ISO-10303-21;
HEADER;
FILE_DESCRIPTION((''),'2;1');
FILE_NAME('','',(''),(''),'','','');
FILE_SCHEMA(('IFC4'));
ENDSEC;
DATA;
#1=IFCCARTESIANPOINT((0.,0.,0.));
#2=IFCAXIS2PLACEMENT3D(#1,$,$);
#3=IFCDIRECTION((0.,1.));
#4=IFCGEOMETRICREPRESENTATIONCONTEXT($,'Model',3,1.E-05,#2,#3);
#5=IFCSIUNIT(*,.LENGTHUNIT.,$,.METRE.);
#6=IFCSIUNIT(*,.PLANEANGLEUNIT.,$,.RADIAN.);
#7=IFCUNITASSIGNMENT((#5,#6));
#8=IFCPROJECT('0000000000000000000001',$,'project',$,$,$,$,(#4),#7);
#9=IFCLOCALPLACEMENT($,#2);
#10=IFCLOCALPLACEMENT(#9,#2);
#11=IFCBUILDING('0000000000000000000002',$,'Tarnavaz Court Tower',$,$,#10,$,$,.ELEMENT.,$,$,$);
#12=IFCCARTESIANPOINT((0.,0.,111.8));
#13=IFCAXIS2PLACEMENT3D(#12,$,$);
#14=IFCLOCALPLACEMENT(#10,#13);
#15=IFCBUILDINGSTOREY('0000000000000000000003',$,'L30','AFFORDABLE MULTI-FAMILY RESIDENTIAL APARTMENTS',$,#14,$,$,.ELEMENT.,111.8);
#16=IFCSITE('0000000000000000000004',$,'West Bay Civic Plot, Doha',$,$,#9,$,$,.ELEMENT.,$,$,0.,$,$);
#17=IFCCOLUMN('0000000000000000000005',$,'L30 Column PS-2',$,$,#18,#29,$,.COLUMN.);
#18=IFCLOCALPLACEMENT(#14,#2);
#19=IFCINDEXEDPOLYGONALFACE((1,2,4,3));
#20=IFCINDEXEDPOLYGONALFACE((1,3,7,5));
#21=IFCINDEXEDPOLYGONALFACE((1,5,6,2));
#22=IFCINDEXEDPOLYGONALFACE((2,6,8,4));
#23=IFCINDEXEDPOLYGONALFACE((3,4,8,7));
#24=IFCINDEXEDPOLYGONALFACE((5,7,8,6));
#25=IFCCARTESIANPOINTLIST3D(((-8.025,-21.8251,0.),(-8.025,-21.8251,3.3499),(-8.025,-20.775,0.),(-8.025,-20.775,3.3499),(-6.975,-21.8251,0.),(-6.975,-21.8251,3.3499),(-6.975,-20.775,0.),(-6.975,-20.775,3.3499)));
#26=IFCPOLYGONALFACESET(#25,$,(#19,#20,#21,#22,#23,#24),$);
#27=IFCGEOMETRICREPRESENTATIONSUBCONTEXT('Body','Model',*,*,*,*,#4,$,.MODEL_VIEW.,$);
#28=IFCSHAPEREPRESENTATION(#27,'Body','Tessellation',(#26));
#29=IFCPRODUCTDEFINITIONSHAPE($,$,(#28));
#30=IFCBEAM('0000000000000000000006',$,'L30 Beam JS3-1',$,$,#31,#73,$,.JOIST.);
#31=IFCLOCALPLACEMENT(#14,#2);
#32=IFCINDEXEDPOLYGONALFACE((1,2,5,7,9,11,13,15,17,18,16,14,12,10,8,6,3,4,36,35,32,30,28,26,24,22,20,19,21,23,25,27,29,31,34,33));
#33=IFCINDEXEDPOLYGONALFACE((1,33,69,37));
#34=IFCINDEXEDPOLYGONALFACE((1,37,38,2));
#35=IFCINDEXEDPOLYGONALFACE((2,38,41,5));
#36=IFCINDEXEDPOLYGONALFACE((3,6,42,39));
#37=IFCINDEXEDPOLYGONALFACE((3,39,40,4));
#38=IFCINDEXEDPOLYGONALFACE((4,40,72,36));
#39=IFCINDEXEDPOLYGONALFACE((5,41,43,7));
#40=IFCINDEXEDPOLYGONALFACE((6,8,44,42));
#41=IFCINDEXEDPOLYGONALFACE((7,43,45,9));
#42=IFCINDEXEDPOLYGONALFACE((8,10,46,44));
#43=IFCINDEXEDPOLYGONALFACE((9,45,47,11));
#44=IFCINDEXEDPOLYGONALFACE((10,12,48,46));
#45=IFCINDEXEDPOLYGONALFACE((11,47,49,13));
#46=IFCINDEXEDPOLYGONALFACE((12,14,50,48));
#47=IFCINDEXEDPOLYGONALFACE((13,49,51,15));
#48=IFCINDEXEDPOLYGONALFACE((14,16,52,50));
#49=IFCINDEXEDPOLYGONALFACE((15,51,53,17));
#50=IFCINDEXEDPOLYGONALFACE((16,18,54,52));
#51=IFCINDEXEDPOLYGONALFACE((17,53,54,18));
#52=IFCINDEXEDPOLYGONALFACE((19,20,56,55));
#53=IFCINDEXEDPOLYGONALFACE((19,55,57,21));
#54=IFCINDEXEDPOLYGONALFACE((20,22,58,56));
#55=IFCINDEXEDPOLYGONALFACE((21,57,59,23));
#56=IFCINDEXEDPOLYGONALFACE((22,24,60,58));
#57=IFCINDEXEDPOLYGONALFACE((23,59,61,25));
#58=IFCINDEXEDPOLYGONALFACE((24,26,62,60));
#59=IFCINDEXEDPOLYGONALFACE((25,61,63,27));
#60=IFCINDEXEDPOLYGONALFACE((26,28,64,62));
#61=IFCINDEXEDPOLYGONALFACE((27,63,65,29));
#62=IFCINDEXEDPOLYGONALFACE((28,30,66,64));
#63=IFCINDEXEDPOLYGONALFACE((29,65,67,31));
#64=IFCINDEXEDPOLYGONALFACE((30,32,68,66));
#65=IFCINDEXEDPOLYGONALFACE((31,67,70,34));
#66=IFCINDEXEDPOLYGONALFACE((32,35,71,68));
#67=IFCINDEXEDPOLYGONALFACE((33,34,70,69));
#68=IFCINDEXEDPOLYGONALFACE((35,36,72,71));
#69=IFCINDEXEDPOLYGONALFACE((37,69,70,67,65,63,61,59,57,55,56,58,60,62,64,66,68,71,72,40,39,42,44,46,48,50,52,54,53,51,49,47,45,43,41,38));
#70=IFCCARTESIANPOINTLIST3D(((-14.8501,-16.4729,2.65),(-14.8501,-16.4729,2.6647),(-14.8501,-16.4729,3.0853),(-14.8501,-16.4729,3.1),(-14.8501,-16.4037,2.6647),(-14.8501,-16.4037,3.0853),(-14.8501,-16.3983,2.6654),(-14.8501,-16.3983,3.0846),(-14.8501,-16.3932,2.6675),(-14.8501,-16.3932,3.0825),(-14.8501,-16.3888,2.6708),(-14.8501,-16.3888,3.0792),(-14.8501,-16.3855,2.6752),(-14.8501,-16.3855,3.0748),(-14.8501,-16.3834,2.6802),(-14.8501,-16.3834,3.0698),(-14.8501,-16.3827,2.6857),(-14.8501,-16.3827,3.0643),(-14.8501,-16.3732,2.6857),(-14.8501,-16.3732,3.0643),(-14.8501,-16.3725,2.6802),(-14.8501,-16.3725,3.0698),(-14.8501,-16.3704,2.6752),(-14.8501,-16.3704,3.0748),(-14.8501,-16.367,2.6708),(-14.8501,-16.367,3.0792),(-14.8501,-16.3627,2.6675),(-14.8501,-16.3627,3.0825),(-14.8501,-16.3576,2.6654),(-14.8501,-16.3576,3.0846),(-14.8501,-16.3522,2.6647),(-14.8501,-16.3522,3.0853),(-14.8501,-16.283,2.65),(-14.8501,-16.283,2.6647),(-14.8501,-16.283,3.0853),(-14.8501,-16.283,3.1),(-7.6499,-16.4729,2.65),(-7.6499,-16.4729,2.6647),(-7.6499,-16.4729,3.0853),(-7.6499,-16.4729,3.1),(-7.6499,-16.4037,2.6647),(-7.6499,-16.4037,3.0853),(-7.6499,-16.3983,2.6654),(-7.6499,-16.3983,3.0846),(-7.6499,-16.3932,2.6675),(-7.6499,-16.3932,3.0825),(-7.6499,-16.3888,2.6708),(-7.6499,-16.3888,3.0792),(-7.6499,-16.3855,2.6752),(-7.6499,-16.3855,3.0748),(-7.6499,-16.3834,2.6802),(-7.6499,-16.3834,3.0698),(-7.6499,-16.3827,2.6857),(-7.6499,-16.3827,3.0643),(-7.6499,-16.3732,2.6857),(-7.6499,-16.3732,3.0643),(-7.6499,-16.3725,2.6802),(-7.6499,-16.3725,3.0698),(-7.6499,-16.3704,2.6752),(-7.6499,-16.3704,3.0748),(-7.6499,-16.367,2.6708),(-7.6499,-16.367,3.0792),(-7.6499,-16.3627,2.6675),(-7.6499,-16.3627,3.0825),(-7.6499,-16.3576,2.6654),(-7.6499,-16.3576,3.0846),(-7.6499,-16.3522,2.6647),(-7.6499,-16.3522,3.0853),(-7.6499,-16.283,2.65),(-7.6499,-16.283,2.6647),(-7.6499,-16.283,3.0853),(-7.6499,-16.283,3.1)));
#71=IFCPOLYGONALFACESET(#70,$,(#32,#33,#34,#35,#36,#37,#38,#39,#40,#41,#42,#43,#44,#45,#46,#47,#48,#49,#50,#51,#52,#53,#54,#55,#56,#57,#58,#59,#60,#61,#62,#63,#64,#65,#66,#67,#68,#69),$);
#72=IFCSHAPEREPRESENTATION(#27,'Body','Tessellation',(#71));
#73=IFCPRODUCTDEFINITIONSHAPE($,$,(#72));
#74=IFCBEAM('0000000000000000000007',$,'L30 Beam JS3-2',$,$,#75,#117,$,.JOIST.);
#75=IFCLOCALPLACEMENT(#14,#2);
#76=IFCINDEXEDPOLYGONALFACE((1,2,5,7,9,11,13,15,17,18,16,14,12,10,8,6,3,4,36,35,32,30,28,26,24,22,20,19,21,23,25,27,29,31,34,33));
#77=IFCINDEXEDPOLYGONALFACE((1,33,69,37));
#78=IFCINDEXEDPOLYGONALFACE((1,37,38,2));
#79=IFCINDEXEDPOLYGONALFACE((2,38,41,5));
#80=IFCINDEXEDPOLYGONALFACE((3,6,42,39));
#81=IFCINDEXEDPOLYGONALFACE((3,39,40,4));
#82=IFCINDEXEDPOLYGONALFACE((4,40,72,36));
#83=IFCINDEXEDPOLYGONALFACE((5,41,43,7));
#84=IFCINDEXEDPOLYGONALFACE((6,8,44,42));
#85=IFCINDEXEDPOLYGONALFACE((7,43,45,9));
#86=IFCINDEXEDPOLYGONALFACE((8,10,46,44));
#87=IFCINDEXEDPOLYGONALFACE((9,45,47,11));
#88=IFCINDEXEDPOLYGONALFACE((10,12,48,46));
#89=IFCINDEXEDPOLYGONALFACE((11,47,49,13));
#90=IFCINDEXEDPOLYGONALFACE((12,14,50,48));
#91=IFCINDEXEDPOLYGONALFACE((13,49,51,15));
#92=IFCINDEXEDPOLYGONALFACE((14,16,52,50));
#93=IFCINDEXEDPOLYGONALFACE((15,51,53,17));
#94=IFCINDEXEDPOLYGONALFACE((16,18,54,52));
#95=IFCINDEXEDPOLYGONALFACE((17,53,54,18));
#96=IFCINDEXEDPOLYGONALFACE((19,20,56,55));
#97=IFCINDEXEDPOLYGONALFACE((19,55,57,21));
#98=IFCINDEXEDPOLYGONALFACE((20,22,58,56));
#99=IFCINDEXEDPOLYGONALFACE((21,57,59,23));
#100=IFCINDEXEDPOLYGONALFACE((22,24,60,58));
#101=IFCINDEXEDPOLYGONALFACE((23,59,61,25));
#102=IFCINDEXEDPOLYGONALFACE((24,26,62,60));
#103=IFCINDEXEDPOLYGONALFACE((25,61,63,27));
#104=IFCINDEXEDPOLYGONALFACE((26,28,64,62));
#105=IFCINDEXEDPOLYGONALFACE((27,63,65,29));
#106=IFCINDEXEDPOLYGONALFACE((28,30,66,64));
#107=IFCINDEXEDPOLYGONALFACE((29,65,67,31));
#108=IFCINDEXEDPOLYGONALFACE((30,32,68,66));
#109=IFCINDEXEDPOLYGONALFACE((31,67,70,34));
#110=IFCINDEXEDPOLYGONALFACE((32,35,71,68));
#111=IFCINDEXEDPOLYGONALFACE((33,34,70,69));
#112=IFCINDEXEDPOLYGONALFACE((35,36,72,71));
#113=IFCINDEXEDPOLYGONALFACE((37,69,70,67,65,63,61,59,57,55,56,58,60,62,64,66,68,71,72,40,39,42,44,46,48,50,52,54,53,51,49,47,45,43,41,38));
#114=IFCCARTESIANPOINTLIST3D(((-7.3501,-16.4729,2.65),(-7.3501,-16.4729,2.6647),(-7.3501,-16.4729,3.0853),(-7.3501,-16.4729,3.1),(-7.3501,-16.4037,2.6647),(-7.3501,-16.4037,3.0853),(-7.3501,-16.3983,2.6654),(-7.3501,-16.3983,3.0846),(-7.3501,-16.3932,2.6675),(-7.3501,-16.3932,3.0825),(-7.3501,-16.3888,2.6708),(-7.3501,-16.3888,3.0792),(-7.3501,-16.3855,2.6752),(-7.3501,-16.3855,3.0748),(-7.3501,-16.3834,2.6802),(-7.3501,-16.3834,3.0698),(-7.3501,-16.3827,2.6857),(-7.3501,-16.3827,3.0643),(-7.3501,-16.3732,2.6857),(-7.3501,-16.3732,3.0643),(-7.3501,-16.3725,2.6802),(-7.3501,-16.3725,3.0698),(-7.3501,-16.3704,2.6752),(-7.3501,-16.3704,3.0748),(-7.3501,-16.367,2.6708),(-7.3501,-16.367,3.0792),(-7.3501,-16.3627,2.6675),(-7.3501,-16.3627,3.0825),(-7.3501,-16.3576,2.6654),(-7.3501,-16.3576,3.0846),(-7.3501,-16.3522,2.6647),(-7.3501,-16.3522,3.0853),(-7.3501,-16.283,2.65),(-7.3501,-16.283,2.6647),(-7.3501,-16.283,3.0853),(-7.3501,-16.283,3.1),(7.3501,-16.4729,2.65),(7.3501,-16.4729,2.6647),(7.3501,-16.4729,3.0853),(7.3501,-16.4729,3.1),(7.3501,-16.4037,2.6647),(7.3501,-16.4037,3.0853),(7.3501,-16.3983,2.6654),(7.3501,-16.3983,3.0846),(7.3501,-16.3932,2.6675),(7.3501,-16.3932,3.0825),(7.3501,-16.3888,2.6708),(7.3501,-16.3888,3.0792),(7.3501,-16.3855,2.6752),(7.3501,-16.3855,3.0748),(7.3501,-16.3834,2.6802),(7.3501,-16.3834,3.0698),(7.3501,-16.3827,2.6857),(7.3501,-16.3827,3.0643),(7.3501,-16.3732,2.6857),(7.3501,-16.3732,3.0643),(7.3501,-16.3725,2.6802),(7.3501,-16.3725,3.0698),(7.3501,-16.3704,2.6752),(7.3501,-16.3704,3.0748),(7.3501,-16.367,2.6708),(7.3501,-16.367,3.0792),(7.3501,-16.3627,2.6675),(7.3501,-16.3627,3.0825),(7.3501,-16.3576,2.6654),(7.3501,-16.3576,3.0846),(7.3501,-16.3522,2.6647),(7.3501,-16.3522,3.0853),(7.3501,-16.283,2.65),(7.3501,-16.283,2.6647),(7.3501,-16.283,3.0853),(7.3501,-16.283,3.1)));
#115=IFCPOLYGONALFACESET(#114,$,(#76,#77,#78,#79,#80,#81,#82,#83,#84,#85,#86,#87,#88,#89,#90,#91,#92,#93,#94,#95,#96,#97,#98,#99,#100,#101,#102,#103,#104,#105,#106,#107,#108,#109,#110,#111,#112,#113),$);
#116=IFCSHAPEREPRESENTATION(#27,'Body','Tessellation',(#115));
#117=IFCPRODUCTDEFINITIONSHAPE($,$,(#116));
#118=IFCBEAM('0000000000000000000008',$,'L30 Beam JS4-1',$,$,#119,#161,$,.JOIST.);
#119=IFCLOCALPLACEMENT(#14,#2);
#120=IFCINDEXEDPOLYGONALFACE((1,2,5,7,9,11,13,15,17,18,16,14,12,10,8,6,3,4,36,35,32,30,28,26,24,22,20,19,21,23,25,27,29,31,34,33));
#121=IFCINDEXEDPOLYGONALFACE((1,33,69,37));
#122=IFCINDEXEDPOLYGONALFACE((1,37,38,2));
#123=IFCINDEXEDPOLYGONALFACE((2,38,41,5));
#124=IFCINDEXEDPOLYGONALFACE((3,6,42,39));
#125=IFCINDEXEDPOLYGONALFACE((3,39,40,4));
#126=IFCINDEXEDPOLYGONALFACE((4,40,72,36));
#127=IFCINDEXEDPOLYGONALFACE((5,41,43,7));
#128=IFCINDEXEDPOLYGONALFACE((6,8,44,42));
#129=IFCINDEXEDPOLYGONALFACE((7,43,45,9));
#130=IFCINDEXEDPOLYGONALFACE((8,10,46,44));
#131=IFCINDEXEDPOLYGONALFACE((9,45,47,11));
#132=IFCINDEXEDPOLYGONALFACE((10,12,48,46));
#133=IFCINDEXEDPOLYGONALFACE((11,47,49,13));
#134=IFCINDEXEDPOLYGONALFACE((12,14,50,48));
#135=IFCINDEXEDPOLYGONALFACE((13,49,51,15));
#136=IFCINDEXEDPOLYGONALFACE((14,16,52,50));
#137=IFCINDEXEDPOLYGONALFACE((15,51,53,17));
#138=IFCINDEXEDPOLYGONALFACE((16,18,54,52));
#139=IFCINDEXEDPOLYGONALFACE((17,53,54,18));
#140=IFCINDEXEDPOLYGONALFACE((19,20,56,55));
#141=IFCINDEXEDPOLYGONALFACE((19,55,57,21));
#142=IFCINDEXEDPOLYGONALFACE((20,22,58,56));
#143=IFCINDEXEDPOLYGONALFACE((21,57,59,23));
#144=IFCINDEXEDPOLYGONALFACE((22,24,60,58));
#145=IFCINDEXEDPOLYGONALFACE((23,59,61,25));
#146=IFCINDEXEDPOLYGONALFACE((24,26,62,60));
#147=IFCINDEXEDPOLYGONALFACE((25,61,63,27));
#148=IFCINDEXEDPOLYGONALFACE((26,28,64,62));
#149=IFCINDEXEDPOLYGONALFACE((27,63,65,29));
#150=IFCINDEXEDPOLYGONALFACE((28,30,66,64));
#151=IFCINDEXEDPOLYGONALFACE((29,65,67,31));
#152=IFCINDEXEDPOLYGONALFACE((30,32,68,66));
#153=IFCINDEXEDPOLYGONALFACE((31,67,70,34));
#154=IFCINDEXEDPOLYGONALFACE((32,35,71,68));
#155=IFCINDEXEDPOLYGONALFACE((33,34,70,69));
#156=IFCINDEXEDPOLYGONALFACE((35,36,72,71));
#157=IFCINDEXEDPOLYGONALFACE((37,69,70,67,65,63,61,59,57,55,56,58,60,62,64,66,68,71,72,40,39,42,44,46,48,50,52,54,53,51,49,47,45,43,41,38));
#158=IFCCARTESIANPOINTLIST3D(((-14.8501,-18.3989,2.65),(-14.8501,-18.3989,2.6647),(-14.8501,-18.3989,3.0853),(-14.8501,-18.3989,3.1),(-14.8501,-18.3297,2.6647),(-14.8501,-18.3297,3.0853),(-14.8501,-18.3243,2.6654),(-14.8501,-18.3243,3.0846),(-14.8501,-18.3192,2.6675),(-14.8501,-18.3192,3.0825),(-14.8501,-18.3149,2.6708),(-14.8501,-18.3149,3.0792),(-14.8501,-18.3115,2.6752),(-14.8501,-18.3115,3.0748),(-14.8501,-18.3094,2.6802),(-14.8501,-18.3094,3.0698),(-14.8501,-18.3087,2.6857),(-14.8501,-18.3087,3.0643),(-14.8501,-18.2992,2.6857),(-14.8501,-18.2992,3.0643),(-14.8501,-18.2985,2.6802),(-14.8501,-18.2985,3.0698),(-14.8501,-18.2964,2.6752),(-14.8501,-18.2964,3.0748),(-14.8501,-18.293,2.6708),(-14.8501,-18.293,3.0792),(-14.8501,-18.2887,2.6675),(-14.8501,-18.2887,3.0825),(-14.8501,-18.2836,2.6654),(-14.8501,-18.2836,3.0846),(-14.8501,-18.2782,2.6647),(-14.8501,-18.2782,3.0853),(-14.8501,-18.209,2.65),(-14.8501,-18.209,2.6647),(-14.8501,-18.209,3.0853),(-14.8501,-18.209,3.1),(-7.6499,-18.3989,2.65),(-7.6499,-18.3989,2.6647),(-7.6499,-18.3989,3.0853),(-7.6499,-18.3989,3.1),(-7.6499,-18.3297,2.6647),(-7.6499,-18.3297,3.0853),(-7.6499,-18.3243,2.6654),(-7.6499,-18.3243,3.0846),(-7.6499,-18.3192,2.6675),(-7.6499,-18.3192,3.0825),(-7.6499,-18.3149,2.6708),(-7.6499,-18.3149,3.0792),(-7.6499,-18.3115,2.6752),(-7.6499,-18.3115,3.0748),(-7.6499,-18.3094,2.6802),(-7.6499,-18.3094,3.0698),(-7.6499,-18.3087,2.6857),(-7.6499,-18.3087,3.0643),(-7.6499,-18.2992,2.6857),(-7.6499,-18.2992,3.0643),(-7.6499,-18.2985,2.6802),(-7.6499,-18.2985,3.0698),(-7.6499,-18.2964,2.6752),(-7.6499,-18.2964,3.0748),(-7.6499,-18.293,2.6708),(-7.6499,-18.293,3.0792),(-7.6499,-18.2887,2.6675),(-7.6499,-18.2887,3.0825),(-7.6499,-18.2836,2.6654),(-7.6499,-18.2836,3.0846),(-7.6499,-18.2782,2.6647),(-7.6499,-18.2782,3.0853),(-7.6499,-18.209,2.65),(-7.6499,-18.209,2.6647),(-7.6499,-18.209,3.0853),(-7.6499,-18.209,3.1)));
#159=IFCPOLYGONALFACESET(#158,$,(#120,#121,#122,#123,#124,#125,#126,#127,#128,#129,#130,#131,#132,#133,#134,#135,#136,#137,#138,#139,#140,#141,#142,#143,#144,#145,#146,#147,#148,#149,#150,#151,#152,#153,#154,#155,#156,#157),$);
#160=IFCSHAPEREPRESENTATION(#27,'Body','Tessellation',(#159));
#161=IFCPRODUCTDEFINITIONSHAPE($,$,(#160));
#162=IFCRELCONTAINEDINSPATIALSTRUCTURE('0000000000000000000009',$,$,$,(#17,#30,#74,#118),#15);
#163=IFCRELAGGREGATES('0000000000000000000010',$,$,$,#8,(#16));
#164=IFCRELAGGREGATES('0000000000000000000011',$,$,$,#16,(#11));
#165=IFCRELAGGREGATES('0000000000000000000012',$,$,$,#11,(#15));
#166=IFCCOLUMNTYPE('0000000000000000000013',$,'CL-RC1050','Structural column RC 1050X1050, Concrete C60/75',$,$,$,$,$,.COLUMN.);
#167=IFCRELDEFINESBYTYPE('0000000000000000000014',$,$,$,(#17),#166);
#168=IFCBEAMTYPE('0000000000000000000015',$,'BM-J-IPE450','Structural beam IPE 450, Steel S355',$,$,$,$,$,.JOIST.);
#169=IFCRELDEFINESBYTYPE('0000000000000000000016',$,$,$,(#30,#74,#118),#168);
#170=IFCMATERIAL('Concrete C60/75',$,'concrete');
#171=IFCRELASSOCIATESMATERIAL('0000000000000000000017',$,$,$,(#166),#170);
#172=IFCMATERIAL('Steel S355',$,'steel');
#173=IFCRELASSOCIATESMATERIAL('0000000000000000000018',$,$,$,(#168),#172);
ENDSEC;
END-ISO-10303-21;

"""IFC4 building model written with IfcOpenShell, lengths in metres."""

from ifc_helpers import new_model, si_unit, direction, frame, origin, origin_2d, place, context, subcontext, project, spatial, rectangle, i_section, extrude, material, material_profile, profile_set, type_object, element, save


model = new_model("IFC4")

# Units and contexts
model_context = context("Model", 3, precision=1e-05, world=origin(), true_north=direction((0.0, 1.0)))
body_context = subcontext(model_context, "Body", "Model", "MODEL_VIEW")
ifc_project = project(units=[si_unit("LENGTHUNIT", "METRE"), si_unit("PLANEANGLEUNIT", "RADIAN")], contexts=[model_context])

# Site, building, storey
site_placement = place(None, origin())
site = spatial("IfcSite", under=ifc_project, at=site_placement, Name="West Bay Civic Plot, Doha", CompositionType="ELEMENT", RefElevation=0.0)
building_placement = place(site_placement, origin())
building = spatial("IfcBuilding", under=site, at=building_placement, Name="Tarnavaz Court Tower", CompositionType="ELEMENT")
storey_placement = place(building_placement, frame((0.0, 0.0, 111.8)))
storey = spatial("IfcBuildingStorey", under=building, at=storey_placement, Name="L30", Description="AFFORDABLE MULTI-FAMILY RESIDENTIAL APARTMENTS", CompositionType="ELEMENT", Elevation=111.8)

# Column
ifc_material_1 = material(Name="Concrete C60/75", Category="concrete")
ifc_material_profile_1 = material_profile(ifc_material_1, rectangle(XDim=1.05, YDim=1.05, at=origin_2d()), Name="RC 1050X1050")
ifc_profile_set_1 = profile_set([ifc_material_profile_1], Name="Concrete C60/75")
column_type = type_object("IfcColumnType", Name="CL-RC1050", Description="Structural column RC 1050X1050, Concrete C60/75", PredefinedType="COLUMN", material=ifc_profile_set_1)
column_placement = place(storey_placement, frame((-7.5, -21.3, 0.0), z_axis=(0.0, 0.0, 1.0), x_axis=(1.0, 0.0, 0.0)))
element("IfcColumn", 1, at=column_placement, inside=storey, type_object=column_type, Name="L30 Column PS-2", PredefinedType="COLUMN", context=body_context, shape_type="SweptSolid", body=[
    extrude(rectangle(XDim=1.05, YDim=1.05, at=origin_2d()), origin(), (0.0, 0.0, 1.0), 3.3499),
])

# Beams
ifc_material_2 = material(Name="Steel S355", Category="steel")
ifc_material_profile_2 = material_profile(ifc_material_2, i_section(OverallWidth=0.1899, OverallDepth=0.45, WebThickness=0.0095, FlangeThickness=0.0146, FilletRadius=0.021, at=origin_2d()), Name="IPE 450")
ifc_profile_set_2 = profile_set([ifc_material_profile_2], Name="Steel S355")
beam_type_1 = type_object("IfcBeamType", Name="BM-J-IPE450", Description="Structural beam IPE 450, Steel S355", PredefinedType="JOIST", material=ifc_profile_set_2)
beam_1_placement = place(storey_placement, frame((-14.8501, -16.3779, 2.875), z_axis=(1.0, 0.0, 0.0), x_axis=(0.0, 1.0, 0.0)))
element("IfcBeam", 2, at=beam_1_placement, inside=storey, type_object=beam_type_1, Name="L30 Beam JS3-1", PredefinedType="JOIST", context=body_context, shape_type="SweptSolid", body=[
    extrude(i_section(OverallWidth=0.1899, OverallDepth=0.45, WebThickness=0.0095, FlangeThickness=0.0146, FilletRadius=0.021, at=origin_2d()), origin(), (0.0, 0.0, 1.0), 7.2002),
])
beam_2_placement = place(storey_placement, frame((-7.3501, -16.3779, 2.875), z_axis=(1.0, 0.0, 0.0), x_axis=(0.0, 1.0, 0.0)))
element("IfcBeam", 3, at=beam_2_placement, inside=storey, type_object=beam_type_1, Name="L30 Beam JS3-2", PredefinedType="JOIST", context=body_context, shape_type="SweptSolid", body=[
    extrude(i_section(OverallWidth=0.1899, OverallDepth=0.45, WebThickness=0.0095, FlangeThickness=0.0146, FilletRadius=0.021, at=origin_2d()), origin(), (0.0, 0.0, 1.0), 14.7002),
])
beam_3_placement = place(storey_placement, frame((-14.8501, -18.304, 2.875), z_axis=(1.0, 0.0, 0.0), x_axis=(0.0, 1.0, 0.0)))
element("IfcBeam", 4, at=beam_3_placement, inside=storey, type_object=beam_type_1, Name="L30 Beam JS4-1", PredefinedType="JOIST", context=body_context, shape_type="SweptSolid", body=[
    extrude(i_section(OverallWidth=0.1899, OverallDepth=0.45, WebThickness=0.0095, FlangeThickness=0.0146, FilletRadius=0.021, at=origin_2d()), origin(), (0.0, 0.0, 1.0), 7.2002),
])

save(model, "model.ifc")
